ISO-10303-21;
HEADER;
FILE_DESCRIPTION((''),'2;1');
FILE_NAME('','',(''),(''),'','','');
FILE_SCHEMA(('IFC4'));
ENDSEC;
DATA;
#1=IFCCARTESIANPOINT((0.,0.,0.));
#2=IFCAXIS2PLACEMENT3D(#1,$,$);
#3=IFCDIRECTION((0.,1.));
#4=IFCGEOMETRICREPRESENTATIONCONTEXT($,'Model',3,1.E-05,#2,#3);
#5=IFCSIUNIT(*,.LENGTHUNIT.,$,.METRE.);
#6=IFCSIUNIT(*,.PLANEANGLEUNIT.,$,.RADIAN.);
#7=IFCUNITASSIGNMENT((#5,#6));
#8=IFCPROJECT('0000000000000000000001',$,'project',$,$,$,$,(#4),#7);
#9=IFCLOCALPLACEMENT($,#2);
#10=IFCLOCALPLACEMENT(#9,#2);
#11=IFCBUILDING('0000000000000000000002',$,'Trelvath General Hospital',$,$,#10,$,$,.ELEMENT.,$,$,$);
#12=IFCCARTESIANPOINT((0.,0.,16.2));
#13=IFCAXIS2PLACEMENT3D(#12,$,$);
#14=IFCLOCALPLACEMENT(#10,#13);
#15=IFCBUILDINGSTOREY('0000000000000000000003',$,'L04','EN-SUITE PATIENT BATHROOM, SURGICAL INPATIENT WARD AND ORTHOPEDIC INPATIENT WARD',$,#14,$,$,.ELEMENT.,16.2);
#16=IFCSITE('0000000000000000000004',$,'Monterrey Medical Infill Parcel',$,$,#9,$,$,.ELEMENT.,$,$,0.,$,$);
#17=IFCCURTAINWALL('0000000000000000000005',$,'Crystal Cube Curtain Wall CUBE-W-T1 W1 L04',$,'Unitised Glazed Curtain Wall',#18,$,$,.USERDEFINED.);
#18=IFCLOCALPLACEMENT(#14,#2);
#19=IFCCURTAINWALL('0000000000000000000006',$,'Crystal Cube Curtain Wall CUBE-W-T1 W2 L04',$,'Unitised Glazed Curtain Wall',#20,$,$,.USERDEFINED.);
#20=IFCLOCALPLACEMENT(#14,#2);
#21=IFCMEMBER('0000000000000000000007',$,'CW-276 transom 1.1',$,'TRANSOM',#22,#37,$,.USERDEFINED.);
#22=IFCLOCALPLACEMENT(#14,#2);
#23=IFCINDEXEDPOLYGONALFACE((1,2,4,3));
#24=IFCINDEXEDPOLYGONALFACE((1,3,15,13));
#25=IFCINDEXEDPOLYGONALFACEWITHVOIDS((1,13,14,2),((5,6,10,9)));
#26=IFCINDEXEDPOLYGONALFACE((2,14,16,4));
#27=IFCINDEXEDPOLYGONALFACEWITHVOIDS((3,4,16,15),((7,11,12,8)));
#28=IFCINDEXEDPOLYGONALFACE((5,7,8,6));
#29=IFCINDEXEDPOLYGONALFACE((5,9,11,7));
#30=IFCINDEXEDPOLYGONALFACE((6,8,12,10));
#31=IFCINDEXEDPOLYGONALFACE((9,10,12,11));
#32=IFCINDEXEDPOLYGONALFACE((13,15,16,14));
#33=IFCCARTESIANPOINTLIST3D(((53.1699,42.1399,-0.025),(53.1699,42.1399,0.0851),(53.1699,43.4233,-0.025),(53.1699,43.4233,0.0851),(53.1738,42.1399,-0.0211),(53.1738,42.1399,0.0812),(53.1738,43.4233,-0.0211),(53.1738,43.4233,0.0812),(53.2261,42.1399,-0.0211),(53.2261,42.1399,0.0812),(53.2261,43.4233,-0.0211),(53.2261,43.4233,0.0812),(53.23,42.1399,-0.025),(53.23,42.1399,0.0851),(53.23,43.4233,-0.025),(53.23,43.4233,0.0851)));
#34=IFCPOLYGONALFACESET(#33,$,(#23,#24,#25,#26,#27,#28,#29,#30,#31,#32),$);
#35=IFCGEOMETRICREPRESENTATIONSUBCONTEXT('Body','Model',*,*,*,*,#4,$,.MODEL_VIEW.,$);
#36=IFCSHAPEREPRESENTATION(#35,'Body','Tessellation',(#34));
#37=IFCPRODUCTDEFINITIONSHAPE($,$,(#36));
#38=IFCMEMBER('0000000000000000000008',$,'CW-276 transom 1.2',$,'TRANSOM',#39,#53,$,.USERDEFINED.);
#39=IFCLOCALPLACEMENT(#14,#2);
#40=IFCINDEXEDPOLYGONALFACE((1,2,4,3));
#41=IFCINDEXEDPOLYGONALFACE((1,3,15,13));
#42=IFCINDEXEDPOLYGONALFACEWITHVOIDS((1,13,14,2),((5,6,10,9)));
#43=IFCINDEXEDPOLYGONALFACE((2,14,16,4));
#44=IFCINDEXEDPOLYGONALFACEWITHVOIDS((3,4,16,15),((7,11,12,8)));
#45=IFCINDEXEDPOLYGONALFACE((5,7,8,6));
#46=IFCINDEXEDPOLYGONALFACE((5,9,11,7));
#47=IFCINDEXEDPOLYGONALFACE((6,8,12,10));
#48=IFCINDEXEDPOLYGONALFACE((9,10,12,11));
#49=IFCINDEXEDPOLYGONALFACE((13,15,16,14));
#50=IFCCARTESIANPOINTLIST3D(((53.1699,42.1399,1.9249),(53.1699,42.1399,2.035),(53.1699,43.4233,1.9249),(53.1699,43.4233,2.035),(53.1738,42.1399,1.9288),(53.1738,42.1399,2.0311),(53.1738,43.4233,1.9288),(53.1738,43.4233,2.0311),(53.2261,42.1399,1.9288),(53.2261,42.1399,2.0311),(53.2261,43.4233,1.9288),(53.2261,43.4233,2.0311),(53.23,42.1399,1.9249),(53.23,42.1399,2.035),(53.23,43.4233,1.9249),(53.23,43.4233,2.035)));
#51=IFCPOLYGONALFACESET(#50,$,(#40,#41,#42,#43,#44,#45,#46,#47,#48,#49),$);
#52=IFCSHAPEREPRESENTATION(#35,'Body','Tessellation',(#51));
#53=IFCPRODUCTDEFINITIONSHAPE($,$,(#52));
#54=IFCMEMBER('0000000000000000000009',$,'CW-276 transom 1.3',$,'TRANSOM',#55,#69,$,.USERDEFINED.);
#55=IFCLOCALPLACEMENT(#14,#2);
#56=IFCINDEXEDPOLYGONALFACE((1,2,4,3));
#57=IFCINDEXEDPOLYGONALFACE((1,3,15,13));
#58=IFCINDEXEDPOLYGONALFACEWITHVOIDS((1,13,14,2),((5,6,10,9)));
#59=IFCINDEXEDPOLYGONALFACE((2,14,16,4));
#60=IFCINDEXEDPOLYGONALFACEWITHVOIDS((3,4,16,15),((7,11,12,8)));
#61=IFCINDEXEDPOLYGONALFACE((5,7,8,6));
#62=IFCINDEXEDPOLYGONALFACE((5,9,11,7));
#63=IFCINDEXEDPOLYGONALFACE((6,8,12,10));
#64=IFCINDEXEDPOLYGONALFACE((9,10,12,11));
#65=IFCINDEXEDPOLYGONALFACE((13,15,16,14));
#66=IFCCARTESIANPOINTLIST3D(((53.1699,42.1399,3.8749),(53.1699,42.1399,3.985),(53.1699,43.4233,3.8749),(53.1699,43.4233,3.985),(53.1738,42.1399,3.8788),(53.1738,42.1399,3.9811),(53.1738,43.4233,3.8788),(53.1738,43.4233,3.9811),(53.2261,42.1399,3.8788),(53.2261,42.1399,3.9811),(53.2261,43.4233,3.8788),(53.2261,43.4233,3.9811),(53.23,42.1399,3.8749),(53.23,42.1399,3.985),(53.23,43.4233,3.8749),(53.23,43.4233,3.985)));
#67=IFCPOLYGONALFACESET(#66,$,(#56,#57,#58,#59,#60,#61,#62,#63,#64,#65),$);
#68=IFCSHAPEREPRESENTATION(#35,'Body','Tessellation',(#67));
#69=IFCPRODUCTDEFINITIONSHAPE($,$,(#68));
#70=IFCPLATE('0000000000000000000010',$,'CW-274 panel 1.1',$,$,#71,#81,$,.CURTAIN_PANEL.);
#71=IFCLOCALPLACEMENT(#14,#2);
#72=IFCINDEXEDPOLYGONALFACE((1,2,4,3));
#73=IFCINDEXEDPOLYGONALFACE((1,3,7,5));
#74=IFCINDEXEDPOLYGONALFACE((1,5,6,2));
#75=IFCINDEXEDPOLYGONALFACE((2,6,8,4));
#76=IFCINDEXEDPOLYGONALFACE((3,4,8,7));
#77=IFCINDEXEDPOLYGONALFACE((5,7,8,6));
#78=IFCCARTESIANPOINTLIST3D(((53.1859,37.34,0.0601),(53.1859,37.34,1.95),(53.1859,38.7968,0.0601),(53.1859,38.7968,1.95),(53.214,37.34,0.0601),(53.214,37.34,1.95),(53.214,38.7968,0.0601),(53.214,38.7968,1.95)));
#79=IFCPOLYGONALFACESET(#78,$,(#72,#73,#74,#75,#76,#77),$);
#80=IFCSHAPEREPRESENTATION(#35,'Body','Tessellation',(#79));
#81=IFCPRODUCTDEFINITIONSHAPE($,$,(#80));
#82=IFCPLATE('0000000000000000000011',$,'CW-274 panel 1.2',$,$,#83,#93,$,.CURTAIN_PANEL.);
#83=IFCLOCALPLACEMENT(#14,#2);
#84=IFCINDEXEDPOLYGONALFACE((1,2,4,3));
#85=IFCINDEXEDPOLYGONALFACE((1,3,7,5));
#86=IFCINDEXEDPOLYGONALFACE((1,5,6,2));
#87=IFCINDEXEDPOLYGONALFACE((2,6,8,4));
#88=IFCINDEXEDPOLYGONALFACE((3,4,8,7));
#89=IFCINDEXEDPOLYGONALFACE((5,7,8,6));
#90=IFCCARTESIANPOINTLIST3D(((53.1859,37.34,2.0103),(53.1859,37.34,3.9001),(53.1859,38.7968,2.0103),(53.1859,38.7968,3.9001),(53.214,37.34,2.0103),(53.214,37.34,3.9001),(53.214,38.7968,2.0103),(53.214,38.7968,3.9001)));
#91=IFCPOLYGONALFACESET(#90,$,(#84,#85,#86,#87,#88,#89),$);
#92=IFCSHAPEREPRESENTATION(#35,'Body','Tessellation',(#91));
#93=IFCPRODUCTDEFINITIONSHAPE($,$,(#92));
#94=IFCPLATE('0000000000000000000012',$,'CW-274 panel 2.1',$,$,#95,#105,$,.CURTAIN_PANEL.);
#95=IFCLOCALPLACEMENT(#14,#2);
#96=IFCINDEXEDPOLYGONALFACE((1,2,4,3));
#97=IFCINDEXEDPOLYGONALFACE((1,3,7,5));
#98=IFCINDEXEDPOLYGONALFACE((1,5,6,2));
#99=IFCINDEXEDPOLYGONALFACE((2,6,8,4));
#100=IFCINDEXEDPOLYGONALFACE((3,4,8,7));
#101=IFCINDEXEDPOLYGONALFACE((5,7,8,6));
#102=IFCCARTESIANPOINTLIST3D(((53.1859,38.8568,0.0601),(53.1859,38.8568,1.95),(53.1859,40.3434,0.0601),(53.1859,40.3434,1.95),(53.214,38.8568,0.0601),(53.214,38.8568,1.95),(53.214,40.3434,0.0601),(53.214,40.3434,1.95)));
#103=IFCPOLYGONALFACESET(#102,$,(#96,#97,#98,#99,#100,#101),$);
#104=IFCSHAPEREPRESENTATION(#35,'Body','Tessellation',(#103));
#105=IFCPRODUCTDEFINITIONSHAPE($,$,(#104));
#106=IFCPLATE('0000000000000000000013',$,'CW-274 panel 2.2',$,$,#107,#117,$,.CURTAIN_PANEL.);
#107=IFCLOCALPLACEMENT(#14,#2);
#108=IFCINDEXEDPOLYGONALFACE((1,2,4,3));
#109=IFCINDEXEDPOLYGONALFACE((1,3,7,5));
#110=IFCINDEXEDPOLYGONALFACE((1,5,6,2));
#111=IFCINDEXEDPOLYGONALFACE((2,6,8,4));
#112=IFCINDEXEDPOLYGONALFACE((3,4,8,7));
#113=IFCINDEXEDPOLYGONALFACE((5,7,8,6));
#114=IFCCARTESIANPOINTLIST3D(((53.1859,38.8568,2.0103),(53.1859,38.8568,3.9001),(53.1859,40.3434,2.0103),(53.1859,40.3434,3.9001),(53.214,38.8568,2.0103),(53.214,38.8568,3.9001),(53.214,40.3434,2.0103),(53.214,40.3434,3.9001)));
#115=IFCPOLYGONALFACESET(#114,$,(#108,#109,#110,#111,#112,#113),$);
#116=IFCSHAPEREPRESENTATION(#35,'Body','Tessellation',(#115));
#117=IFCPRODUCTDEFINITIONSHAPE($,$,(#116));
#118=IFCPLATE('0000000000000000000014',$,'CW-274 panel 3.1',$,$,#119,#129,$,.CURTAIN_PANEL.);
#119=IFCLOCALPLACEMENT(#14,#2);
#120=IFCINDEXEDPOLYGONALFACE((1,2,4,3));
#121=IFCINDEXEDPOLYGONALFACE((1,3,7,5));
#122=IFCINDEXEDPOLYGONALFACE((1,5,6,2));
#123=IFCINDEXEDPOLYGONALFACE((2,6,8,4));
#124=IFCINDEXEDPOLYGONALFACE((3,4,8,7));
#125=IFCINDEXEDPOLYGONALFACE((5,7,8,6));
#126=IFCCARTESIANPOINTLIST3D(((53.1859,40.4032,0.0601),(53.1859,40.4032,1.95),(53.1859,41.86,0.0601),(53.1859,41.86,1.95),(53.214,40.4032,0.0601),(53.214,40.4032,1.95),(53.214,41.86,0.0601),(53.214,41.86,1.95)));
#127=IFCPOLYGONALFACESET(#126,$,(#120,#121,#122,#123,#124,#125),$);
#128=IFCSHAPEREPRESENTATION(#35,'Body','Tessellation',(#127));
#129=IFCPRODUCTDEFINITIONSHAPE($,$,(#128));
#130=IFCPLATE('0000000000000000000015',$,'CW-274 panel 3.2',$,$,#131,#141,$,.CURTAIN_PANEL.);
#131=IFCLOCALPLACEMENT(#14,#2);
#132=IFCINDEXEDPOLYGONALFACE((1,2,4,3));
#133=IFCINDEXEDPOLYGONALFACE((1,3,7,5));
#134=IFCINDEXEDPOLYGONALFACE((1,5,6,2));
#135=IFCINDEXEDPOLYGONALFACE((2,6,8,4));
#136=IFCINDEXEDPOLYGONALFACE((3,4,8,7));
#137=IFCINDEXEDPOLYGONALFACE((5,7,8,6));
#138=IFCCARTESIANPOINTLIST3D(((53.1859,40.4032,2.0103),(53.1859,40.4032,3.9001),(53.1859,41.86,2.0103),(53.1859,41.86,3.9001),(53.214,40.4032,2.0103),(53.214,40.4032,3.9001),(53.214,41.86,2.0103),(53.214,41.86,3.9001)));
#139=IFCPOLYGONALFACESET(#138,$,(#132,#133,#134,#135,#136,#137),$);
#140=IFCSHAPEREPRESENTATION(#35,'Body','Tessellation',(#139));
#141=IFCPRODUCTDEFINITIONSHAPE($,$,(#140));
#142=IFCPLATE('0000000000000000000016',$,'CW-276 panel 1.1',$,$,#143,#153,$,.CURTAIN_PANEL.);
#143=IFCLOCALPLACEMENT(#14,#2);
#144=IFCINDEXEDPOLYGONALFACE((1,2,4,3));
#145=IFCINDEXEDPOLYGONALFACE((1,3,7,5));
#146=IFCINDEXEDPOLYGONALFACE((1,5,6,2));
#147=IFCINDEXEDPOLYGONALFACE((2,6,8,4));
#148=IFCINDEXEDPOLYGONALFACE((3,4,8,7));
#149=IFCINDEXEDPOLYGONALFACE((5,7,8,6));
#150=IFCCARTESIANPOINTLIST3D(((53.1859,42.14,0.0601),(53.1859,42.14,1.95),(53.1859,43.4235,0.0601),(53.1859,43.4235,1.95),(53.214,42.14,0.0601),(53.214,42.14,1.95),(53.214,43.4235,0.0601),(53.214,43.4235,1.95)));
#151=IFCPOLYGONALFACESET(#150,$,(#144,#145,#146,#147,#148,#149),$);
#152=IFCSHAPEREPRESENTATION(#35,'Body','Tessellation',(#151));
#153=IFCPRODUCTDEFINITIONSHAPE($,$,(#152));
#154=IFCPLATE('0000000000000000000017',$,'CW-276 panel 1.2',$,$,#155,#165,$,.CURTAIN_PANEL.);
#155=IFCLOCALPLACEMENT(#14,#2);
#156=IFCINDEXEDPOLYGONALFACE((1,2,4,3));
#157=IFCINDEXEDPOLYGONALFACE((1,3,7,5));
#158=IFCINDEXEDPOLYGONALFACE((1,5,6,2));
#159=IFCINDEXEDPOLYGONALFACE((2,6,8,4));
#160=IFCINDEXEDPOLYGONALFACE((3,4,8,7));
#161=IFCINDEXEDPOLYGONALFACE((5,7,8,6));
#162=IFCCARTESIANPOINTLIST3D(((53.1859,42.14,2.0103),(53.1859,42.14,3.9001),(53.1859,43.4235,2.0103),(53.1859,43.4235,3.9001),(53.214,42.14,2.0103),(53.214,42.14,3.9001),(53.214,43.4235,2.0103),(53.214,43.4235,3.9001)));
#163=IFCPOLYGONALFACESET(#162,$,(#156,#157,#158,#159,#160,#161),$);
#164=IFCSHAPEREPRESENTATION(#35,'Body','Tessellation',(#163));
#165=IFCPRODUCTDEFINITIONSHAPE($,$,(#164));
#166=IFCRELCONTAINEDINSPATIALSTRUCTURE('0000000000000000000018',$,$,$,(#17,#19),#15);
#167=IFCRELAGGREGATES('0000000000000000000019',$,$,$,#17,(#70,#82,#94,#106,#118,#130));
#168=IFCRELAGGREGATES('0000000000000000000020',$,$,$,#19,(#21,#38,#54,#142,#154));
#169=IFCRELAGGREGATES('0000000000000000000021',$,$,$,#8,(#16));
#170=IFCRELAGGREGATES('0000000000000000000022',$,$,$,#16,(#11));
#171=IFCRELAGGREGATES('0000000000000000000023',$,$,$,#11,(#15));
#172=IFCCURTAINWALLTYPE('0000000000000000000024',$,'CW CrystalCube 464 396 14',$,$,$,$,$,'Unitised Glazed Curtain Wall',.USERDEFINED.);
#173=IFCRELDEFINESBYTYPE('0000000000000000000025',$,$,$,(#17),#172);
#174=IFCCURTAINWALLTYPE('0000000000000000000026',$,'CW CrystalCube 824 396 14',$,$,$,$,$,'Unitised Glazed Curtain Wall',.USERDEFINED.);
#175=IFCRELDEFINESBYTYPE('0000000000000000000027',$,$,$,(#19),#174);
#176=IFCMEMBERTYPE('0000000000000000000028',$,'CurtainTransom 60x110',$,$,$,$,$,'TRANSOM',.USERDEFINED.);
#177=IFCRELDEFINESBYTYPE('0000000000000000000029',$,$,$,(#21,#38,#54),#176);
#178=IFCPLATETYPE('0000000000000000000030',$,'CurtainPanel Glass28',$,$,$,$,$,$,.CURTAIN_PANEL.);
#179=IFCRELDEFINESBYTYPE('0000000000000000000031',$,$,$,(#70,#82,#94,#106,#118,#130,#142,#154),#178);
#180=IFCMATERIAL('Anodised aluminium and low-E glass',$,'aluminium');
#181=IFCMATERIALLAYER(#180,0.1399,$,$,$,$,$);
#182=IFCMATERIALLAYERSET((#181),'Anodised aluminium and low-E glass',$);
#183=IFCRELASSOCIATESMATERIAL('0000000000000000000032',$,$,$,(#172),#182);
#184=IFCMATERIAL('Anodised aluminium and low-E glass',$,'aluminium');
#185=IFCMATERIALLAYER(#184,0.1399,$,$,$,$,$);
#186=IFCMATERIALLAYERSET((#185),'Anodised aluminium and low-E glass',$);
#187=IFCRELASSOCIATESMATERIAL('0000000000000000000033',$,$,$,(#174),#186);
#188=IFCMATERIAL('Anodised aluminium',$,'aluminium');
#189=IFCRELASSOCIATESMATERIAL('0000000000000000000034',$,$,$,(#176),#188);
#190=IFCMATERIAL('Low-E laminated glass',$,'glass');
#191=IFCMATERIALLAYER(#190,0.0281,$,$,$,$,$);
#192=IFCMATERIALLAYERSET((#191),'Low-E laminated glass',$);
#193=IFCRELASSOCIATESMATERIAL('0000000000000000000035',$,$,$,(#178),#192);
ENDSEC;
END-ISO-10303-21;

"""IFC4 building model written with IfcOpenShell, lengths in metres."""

from ifc_helpers import new_model, si_unit, direction, frame, origin, origin_2d, place, context, subcontext, project, spatial, rectangle, hollow_rectangle, extrude, material, layer, layer_set, material_profile, profile_set, type_object, element, aggregate, save


model = new_model("IFC4")

# Units and contexts
model_context = context("Model", 3, precision=1e-05, world=origin(), true_north=direction((0.0, 1.0)))
body_context = subcontext(model_context, "Body", "Model", "MODEL_VIEW")
ifc_project = project(units=[si_unit("LENGTHUNIT", "METRE"), si_unit("PLANEANGLEUNIT", "RADIAN")], contexts=[model_context])

# Site, building, storey
site_placement = place(None, origin())
site = spatial("IfcSite", under=ifc_project, at=site_placement, Name="Monterrey Medical Infill Parcel", CompositionType="ELEMENT", RefElevation=0.0)
building_placement = place(site_placement, origin())
building = spatial("IfcBuilding", under=site, at=building_placement, Name="Trelvath General Hospital", CompositionType="ELEMENT")
storey_placement = place(building_placement, frame((0.0, 0.0, 16.2)))
storey = spatial("IfcBuildingStorey", under=building, at=storey_placement, Name="L04", Description="EN-SUITE PATIENT BATHROOM, SURGICAL INPATIENT WARD AND ORTHOPEDIC INPATIENT WARD", CompositionType="ELEMENT", Elevation=16.2)

# Curtain wall
ifc_material_1 = material(Name="Anodised aluminium and low-E glass", Category="aluminium")
ifc_layer_1 = layer(ifc_material_1, 0.1399)
ifc_layer_set_1 = layer_set([ifc_layer_1], Name="Anodised aluminium and low-E glass")
curtain_wall_type_1 = type_object("IfcCurtainWallType", Name="CW CrystalCube 464 396 14", ElementType="Unitised Glazed Curtain Wall", PredefinedType="USERDEFINED", material=ifc_layer_set_1)
curtain_wall_1_placement = place(storey_placement, origin())
curtain_wall_1 = element("IfcCurtainWall", 1, at=curtain_wall_1_placement, inside=storey, type_object=curtain_wall_type_1, Name="Crystal Cube Curtain Wall CUBE-W-T1 W1 L04", ObjectType="Unitised Glazed Curtain Wall", PredefinedType="USERDEFINED")

# Curtain wall
ifc_material_2 = material(Name="Anodised aluminium and low-E glass", Category="aluminium")
ifc_layer_2 = layer(ifc_material_2, 0.1399)
ifc_layer_set_2 = layer_set([ifc_layer_2], Name="Anodised aluminium and low-E glass")
curtain_wall_type_2 = type_object("IfcCurtainWallType", Name="CW CrystalCube 824 396 14", ElementType="Unitised Glazed Curtain Wall", PredefinedType="USERDEFINED", material=ifc_layer_set_2)
curtain_wall_2_placement = place(storey_placement, origin())
curtain_wall_2 = element("IfcCurtainWall", 2, at=curtain_wall_2_placement, inside=storey, type_object=curtain_wall_type_2, Name="Crystal Cube Curtain Wall CUBE-W-T1 W2 L04", ObjectType="Unitised Glazed Curtain Wall", PredefinedType="USERDEFINED")

# Members
ifc_material_3 = material(Name="Anodised aluminium", Category="aluminium")
ifc_material_profile_1 = material_profile(ifc_material_3, hollow_rectangle(XDim=0.0601, YDim=0.1101, WallThickness=0.0039, at=origin_2d()), Name="RHS60x110x4")
ifc_profile_set_1 = profile_set([ifc_material_profile_1], Name="Anodised aluminium")
member_type_1 = type_object("IfcMemberType", Name="CurtainTransom 60x110", ElementType="TRANSOM", PredefinedType="USERDEFINED", material=ifc_profile_set_1)
member_1_placement = place(storey_placement, frame((53.2, 42.1399, 0.03), z_axis=(0.0, 1.0, 0.0), x_axis=(-1.0, 0.0, 0.0)))
member_1 = element("IfcMember", 3, at=member_1_placement, type_object=member_type_1, Name="CW-276 transom 1.1", ObjectType="TRANSOM", PredefinedType="USERDEFINED", context=body_context, shape_type="SweptSolid", body=[
    extrude(hollow_rectangle(XDim=0.0601, YDim=0.1101, WallThickness=0.0039, at=origin_2d()), origin(), (0.0, 0.0, 1.0), 1.2834),
])
member_2_placement = place(storey_placement, frame((53.2, 42.1399, 1.98), z_axis=(0.0, 1.0, 0.0), x_axis=(-1.0, 0.0, 0.0)))
member_2 = element("IfcMember", 4, at=member_2_placement, type_object=member_type_1, Name="CW-276 transom 1.2", ObjectType="TRANSOM", PredefinedType="USERDEFINED", context=body_context, shape_type="SweptSolid", body=[
    extrude(hollow_rectangle(XDim=0.0601, YDim=0.1101, WallThickness=0.0039, at=origin_2d()), origin(), (0.0, 0.0, 1.0), 1.2834),
])
member_3_placement = place(storey_placement, frame((53.2, 42.1399, 3.9299), z_axis=(0.0, 1.0, 0.0), x_axis=(-1.0, 0.0, 0.0)))
member_3 = element("IfcMember", 5, at=member_3_placement, type_object=member_type_1, Name="CW-276 transom 1.3", ObjectType="TRANSOM", PredefinedType="USERDEFINED", context=body_context, shape_type="SweptSolid", body=[
    extrude(hollow_rectangle(XDim=0.0601, YDim=0.1101, WallThickness=0.0039, at=origin_2d()), origin(), (0.0, 0.0, 1.0), 1.2834),
])

# Plates
ifc_material_4 = material(Name="Low-E laminated glass", Category="glass")
ifc_layer_3 = layer(ifc_material_4, 0.0281)
ifc_layer_set_3 = layer_set([ifc_layer_3], Name="Low-E laminated glass")
plate_type = type_object("IfcPlateType", Name="CurtainPanel Glass28", PredefinedType="CURTAIN_PANEL", material=ifc_layer_set_3)
plate_1_placement = place(storey_placement, frame((53.2, 38.0684, 0.0601), z_axis=(0.0, 0.0, 1.0), x_axis=(0.0, 1.0, 0.0)))
plate_1 = element("IfcPlate", 6, at=plate_1_placement, type_object=plate_type, Name="CW-274 panel 1.1", PredefinedType="CURTAIN_PANEL", context=body_context, shape_type="SweptSolid", body=[
    extrude(rectangle(XDim=1.4568, YDim=0.0281, at=origin_2d()), origin(), (0.0, 0.0, 1.0), 1.8899),
])
plate_2_placement = place(storey_placement, frame((53.2, 38.0684, 2.0103), z_axis=(0.0, 0.0, 1.0), x_axis=(0.0, 1.0, 0.0)))
plate_2 = element("IfcPlate", 7, at=plate_2_placement, type_object=plate_type, Name="CW-274 panel 1.2", PredefinedType="CURTAIN_PANEL", context=body_context, shape_type="SweptSolid", body=[
    extrude(rectangle(XDim=1.4568, YDim=0.0281, at=origin_2d()), origin(), (0.0, 0.0, 1.0), 1.8899),
])
plate_3_placement = place(storey_placement, frame((53.2, 39.6001, 0.0601), z_axis=(0.0, 0.0, 1.0), x_axis=(0.0, 1.0, 0.0)))
plate_3 = element("IfcPlate", 8, at=plate_3_placement, type_object=plate_type, Name="CW-274 panel 2.1", PredefinedType="CURTAIN_PANEL", context=body_context, shape_type="SweptSolid", body=[
    extrude(rectangle(XDim=1.4866, YDim=0.0281, at=origin_2d()), origin(), (0.0, 0.0, 1.0), 1.8899),
])
plate_4_placement = place(storey_placement, frame((53.2, 39.6001, 2.0103), z_axis=(0.0, 0.0, 1.0), x_axis=(0.0, 1.0, 0.0)))
plate_4 = element("IfcPlate", 9, at=plate_4_placement, type_object=plate_type, Name="CW-274 panel 2.2", PredefinedType="CURTAIN_PANEL", context=body_context, shape_type="SweptSolid", body=[
    extrude(rectangle(XDim=1.4866, YDim=0.0281, at=origin_2d()), origin(), (0.0, 0.0, 1.0), 1.8899),
])
plate_5_placement = place(storey_placement, frame((53.2, 41.1316, 0.0601), z_axis=(0.0, 0.0, 1.0), x_axis=(0.0, 1.0, 0.0)))
plate_5 = element("IfcPlate", 10, at=plate_5_placement, type_object=plate_type, Name="CW-274 panel 3.1", PredefinedType="CURTAIN_PANEL", context=body_context, shape_type="SweptSolid", body=[
    extrude(rectangle(XDim=1.4568, YDim=0.0281, at=origin_2d()), origin(), (0.0, 0.0, 1.0), 1.8899),
])
plate_6_placement = place(storey_placement, frame((53.2, 41.1316, 2.0103), z_axis=(0.0, 0.0, 1.0), x_axis=(0.0, 1.0, 0.0)))
plate_6 = element("IfcPlate", 11, at=plate_6_placement, type_object=plate_type, Name="CW-274 panel 3.2", PredefinedType="CURTAIN_PANEL", context=body_context, shape_type="SweptSolid", body=[
    extrude(rectangle(XDim=1.4568, YDim=0.0281, at=origin_2d()), origin(), (0.0, 0.0, 1.0), 1.8899),
])
aggregate(curtain_wall_1, [plate_1, plate_2, plate_3, plate_4, plate_5, plate_6])
plate_7_placement = place(storey_placement, frame((53.2, 42.7817, 0.0601), z_axis=(0.0, 0.0, 1.0), x_axis=(0.0, 1.0, 0.0)))
plate_7 = element("IfcPlate", 12, at=plate_7_placement, type_object=plate_type, Name="CW-276 panel 1.1", PredefinedType="CURTAIN_PANEL", context=body_context, shape_type="SweptSolid", body=[
    extrude(rectangle(XDim=1.2834, YDim=0.0281, at=origin_2d()), origin(), (0.0, 0.0, 1.0), 1.8899),
])
plate_8_placement = place(storey_placement, frame((53.2, 42.7817, 2.0103), z_axis=(0.0, 0.0, 1.0), x_axis=(0.0, 1.0, 0.0)))
plate_8 = element("IfcPlate", 13, at=plate_8_placement, type_object=plate_type, Name="CW-276 panel 1.2", PredefinedType="CURTAIN_PANEL", context=body_context, shape_type="SweptSolid", body=[
    extrude(rectangle(XDim=1.2834, YDim=0.0281, at=origin_2d()), origin(), (0.0, 0.0, 1.0), 1.8899),
])
aggregate(curtain_wall_2, [member_1, member_2, member_3, plate_7, plate_8])

save(model, "model.ifc")
